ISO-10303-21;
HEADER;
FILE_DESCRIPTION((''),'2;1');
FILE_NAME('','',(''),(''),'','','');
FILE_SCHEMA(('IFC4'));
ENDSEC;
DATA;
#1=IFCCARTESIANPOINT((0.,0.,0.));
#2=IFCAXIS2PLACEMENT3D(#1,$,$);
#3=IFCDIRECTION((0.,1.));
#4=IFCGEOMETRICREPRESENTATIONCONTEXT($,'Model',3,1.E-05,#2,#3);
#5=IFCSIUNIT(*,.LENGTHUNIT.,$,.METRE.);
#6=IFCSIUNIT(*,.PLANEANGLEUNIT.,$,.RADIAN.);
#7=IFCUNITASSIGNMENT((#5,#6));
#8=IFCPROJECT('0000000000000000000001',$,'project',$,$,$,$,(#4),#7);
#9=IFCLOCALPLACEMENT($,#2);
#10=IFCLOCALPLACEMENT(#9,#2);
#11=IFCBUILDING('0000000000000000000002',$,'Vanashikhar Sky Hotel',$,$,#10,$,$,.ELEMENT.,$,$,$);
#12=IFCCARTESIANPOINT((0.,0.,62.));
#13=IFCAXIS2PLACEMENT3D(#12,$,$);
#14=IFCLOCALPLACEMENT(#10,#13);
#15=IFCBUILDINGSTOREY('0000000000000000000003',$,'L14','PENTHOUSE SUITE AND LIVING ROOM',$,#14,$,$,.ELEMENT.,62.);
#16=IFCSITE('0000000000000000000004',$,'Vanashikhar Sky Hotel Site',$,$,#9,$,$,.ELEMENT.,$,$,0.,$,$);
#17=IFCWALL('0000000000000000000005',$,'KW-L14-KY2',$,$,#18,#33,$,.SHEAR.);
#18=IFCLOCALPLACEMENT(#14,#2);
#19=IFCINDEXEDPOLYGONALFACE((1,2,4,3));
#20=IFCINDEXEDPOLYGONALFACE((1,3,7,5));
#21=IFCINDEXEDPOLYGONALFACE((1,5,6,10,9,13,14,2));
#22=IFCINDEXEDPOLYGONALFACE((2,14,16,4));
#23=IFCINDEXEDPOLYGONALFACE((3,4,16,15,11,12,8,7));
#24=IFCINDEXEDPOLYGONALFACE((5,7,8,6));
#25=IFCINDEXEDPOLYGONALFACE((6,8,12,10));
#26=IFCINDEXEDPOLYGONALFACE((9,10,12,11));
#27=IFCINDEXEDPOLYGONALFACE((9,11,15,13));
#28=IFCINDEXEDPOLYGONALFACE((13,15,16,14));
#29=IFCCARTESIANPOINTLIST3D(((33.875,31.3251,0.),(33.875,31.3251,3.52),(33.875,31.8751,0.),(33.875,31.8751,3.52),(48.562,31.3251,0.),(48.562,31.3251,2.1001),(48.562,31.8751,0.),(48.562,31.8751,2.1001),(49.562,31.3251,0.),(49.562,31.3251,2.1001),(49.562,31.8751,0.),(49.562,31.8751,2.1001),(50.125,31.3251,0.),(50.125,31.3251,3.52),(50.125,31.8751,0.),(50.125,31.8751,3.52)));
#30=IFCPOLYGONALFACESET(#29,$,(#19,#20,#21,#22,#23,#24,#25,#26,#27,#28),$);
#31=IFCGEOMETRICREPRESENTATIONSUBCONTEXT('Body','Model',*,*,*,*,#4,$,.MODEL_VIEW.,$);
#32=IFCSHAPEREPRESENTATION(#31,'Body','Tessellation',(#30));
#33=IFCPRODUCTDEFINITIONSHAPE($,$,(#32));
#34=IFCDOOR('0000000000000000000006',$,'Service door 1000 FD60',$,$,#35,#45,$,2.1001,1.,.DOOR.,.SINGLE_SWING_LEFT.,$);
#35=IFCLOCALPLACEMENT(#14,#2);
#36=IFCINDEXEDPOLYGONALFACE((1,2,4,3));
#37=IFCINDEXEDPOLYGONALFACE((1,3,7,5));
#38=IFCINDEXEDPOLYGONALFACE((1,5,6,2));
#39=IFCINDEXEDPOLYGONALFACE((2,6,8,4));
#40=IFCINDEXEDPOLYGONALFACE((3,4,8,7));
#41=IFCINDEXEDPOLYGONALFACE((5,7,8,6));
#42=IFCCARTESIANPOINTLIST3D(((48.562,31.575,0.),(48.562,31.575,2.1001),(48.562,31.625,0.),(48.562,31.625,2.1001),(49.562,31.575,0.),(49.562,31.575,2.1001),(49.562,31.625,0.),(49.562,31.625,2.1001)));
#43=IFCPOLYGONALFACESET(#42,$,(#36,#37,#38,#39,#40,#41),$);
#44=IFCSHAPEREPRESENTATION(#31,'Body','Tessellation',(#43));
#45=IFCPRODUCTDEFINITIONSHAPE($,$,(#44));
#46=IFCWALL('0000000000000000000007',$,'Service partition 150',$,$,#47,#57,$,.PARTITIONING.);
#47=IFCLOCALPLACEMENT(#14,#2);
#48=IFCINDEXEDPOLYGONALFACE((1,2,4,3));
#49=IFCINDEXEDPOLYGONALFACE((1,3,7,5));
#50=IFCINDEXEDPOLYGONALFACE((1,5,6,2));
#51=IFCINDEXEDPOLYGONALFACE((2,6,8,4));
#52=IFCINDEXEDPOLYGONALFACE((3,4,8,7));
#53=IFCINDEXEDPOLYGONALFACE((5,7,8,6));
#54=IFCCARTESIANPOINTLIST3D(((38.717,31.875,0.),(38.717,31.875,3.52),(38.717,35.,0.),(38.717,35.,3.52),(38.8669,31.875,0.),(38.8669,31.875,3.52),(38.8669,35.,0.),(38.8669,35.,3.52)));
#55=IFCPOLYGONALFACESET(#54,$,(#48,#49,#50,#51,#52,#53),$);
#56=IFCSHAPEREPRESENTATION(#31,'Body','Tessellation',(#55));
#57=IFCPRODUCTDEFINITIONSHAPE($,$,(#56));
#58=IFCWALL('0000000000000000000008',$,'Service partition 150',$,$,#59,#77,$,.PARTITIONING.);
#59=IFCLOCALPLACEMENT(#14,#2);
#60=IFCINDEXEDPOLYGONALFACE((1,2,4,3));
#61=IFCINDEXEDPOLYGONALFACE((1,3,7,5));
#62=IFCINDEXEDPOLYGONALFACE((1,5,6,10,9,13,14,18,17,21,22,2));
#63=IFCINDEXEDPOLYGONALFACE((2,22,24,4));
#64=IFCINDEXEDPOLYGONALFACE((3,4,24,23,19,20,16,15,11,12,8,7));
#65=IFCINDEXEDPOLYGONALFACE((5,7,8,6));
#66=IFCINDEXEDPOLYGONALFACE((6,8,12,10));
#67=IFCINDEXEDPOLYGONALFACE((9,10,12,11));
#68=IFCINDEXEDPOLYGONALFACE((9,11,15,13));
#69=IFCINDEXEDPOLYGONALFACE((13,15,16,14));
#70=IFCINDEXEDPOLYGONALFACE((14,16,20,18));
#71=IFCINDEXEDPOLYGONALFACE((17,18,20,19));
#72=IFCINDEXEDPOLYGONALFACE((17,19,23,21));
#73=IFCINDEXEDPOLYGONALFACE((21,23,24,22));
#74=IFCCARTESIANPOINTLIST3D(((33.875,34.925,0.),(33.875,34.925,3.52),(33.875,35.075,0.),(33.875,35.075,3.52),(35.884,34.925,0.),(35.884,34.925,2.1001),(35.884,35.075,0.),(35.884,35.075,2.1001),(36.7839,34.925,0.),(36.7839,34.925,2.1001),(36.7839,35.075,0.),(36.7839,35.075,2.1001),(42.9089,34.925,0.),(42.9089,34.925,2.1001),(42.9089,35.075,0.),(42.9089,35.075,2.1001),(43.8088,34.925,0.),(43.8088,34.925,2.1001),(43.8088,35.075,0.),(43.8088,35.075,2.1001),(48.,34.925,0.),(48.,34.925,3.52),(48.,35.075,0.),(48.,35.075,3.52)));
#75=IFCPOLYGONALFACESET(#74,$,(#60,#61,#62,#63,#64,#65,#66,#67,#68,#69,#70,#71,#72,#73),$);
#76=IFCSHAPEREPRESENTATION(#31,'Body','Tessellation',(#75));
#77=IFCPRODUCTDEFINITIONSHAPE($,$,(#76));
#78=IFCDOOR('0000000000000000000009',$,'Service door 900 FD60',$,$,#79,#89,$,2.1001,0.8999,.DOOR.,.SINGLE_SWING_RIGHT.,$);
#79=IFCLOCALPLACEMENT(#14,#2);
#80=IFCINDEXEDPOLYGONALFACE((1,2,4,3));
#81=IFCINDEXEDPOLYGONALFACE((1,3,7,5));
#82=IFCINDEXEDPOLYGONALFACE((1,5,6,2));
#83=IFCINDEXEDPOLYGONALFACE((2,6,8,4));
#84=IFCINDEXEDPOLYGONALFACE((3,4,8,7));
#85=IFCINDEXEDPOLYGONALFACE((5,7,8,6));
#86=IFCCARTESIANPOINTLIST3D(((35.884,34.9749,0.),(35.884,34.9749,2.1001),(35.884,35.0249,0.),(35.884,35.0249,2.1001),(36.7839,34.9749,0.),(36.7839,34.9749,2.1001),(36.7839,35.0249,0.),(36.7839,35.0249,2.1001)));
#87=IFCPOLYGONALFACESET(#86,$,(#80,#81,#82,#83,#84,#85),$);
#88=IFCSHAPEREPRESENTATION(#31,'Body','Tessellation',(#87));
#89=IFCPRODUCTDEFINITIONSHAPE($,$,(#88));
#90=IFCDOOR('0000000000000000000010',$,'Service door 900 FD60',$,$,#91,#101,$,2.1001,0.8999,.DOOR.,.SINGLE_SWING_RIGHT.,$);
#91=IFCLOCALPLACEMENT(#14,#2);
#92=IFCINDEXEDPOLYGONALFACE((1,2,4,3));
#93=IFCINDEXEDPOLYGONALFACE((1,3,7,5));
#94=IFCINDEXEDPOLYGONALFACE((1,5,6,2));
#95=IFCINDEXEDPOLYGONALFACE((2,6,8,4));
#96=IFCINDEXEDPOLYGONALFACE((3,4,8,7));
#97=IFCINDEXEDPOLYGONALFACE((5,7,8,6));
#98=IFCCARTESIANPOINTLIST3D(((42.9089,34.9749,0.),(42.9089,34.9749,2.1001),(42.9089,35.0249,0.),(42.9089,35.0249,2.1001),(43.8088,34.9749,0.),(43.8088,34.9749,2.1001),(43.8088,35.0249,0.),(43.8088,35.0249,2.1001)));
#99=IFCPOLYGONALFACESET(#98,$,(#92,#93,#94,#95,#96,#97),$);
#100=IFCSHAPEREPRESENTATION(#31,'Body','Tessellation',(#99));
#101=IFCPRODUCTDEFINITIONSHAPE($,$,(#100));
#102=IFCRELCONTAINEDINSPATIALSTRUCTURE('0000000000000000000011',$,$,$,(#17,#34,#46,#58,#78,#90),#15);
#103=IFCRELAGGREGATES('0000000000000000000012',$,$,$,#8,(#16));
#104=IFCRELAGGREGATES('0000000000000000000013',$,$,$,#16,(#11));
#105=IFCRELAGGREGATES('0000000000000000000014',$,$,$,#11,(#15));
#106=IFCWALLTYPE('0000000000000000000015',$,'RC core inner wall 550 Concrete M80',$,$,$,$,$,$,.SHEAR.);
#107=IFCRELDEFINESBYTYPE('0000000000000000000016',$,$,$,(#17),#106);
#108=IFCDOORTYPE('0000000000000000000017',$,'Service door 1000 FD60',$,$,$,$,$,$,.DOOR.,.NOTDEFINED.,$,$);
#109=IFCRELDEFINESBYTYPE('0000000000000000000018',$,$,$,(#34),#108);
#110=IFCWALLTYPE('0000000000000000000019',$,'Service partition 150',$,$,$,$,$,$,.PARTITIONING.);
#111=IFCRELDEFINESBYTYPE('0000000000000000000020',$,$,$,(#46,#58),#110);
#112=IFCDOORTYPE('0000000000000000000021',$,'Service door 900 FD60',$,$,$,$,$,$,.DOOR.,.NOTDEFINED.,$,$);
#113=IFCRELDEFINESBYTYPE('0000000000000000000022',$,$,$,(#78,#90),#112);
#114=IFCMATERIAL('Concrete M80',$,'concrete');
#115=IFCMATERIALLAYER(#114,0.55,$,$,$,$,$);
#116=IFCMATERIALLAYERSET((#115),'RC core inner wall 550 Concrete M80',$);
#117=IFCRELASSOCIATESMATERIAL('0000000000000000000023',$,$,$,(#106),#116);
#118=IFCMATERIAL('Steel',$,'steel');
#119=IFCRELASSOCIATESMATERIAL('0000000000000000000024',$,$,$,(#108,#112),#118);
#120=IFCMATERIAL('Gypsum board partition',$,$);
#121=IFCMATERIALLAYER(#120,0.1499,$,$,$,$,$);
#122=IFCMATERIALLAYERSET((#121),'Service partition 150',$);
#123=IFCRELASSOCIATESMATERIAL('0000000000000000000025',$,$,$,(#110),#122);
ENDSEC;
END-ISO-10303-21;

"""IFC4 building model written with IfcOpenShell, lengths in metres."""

from ifc_helpers import new_model, si_unit, direction, frame, frame_2d, origin, place, context, subcontext, project, spatial, rectangle, extrude, source, transform, mapped, material, layer, layer_set, type_object, element, fill, save


model = new_model("IFC4")

# Units and contexts
model_context = context("Model", 3, precision=1e-05, world=origin(), true_north=direction((0.0, 1.0)))
body_context = subcontext(model_context, "Body", "Model", "MODEL_VIEW")
ifc_project = project(units=[si_unit("LENGTHUNIT", "METRE"), si_unit("PLANEANGLEUNIT", "RADIAN")], contexts=[model_context])

# Site, building, storey
site_placement = place(None, origin())
site = spatial("IfcSite", under=ifc_project, at=site_placement, Name="Vanashikhar Sky Hotel Site", CompositionType="ELEMENT", RefElevation=0.0)
building_placement = place(site_placement, origin())
building = spatial("IfcBuilding", under=site, at=building_placement, Name="Vanashikhar Sky Hotel", CompositionType="ELEMENT")
storey_placement = place(building_placement, frame((0.0, 0.0, 62.0)))
storey = spatial("IfcBuildingStorey", under=building, at=storey_placement, Name="L14", Description="PENTHOUSE SUITE AND LIVING ROOM", CompositionType="ELEMENT", Elevation=62.0)

# Wall, opening, door
ifc_material_1 = material(Name="Concrete M80", Category="concrete")
ifc_layer_1 = layer(ifc_material_1, 0.55)
ifc_layer_set_1 = layer_set([ifc_layer_1], Name="RC core inner wall 550 Concrete M80")
wall_type_1 = type_object("IfcWallType", Name="RC core inner wall 550 Concrete M80", PredefinedType="SHEAR", material=ifc_layer_set_1)
shared_shape_1 = source(origin(), body_context, "Body", "SweptSolid", [
    extrude(rectangle(XDim=16.25, YDim=0.55, at=frame_2d((8.125, 0.0))), origin(), (0.0, 0.0, 1.0), 3.52),
])
wall_1_placement = place(storey_placement, frame((33.875, 31.6001, 0.0), z_axis=(0.0, 0.0, 1.0), x_axis=(1.0, 0.0, 0.0)))
wall_1 = element("IfcWall", 1, at=wall_1_placement, inside=storey, type_object=wall_type_1, Name="KW-L14-KY2", PredefinedType="SHEAR", context=body_context, shape_type="MappedRepresentation", body=[
    mapped(shared_shape_1, transform((0.0, 0.0, 0.0), scale=1.0)),
])
shared_shape_2 = source(origin(), body_context, "Body", "SweptSolid", [
    extrude(rectangle(XDim=1.0, YDim=2.1001, at=frame_2d((0.5, 1.05))), frame((0.0, 0.2852, 0.0), z_axis=(0.0, -1.0, 0.0), x_axis=(1.0, 0.0, 0.0)), (0.0, 0.0, 1.0), 0.5701),
])
opening_1_placement = place(wall_1_placement, frame((14.687, 0.0, 0.0)))
opening_1 = element("IfcOpeningElement", 2, at=opening_1_placement, cuts=wall_1, PredefinedType="OPENING", context=body_context, shape_type="MappedRepresentation", body=[
    mapped(shared_shape_2, transform((0.0, 0.0, 0.0), scale=1.0)),
])
ifc_material_2 = material(Name="Steel", Category="steel")
door_type_1 = type_object("IfcDoorType", Name="Service door 1000 FD60", OperationType="NOTDEFINED", PredefinedType="DOOR", material=ifc_material_2)
shared_shape_3 = source(origin(), body_context, "Body", "SweptSolid", [
    extrude(rectangle(XDim=1.0, YDim=2.1001, at=frame_2d((0.5, 1.05))), frame((0.0, 0.0249, 0.0), z_axis=(0.0, -1.0, 0.0), x_axis=(1.0, 0.0, 0.0)), (0.0, 0.0, 1.0), 0.05),
])
door_1_placement = place(opening_1_placement, origin())
door_1 = element("IfcDoor", 3, at=door_1_placement, inside=storey, type_object=door_type_1, Name="Service door 1000 FD60", OperationType="SINGLE_SWING_LEFT", OverallHeight=2.1001, OverallWidth=1.0, PredefinedType="DOOR", context=body_context, shape_type="MappedRepresentation", body=[
    mapped(shared_shape_3, transform((0.0, 0.0, 0.0), scale=1.0)),
])
fill(opening_1, door_1)

# Wall
ifc_material_3 = material(Name="Gypsum board partition")
ifc_layer_2 = layer(ifc_material_3, 0.1499)
ifc_layer_set_2 = layer_set([ifc_layer_2], Name="Service partition 150")
wall_type_2 = type_object("IfcWallType", Name="Service partition 150", PredefinedType="PARTITIONING", material=ifc_layer_set_2)
shared_shape_4 = source(origin(), body_context, "Body", "SweptSolid", [
    extrude(rectangle(XDim=3.125, YDim=0.1499, at=frame_2d((1.5625, 0.0))), origin(), (0.0, 0.0, 1.0), 3.52),
])
wall_2_placement = place(storey_placement, frame((38.792, 31.875, 0.0), z_axis=(0.0, 0.0, 1.0), x_axis=(0.0, 1.0, 0.0)))
element("IfcWall", 4, at=wall_2_placement, inside=storey, type_object=wall_type_2, Name="Service partition 150", PredefinedType="PARTITIONING", context=body_context, shape_type="MappedRepresentation", body=[
    mapped(shared_shape_4, transform((0.0, 0.0, 0.0), scale=1.0)),
])

# Wall, openings, doors
shared_shape_5 = source(origin(), body_context, "Body", "SweptSolid", [
    extrude(rectangle(XDim=14.125, YDim=0.1499, at=frame_2d((7.0625, 0.0))), origin(), (0.0, 0.0, 1.0), 3.52),
])
wall_3_placement = place(storey_placement, frame((33.875, 35.0, 0.0), z_axis=(0.0, 0.0, 1.0), x_axis=(1.0, 0.0, 0.0)))
wall_3 = element("IfcWall", 5, at=wall_3_placement, inside=storey, type_object=wall_type_2, Name="Service partition 150", PredefinedType="PARTITIONING", context=body_context, shape_type="MappedRepresentation", body=[
    mapped(shared_shape_5, transform((0.0, 0.0, 0.0), scale=1.0)),
])
shared_shape_6 = source(origin(), body_context, "Body", "SweptSolid", [
    extrude(rectangle(XDim=0.8999, YDim=2.1001, at=frame_2d((0.45, 1.05))), frame((0.0, 0.085, 0.0), z_axis=(0.0, -1.0, 0.0), x_axis=(1.0, 0.0, 0.0)), (0.0, 0.0, 1.0), 0.1699),
])
opening_2_placement = place(wall_3_placement, frame((2.009, 0.0, 0.0)))
opening_2 = element("IfcOpeningElement", 6, at=opening_2_placement, cuts=wall_3, PredefinedType="OPENING", context=body_context, shape_type="MappedRepresentation", body=[
    mapped(shared_shape_6, transform((0.0, 0.0, 0.0), scale=1.0)),
])
opening_3_placement = place(wall_3_placement, frame((9.0339, 0.0, 0.0)))
opening_3 = element("IfcOpeningElement", 7, at=opening_3_placement, cuts=wall_3, PredefinedType="OPENING", context=body_context, shape_type="MappedRepresentation", body=[
    mapped(shared_shape_6, transform((0.0, 0.0, 0.0), scale=1.0)),
])
door_type_2 = type_object("IfcDoorType", Name="Service door 900 FD60", OperationType="NOTDEFINED", PredefinedType="DOOR", material=ifc_material_2)
shared_shape_7 = source(origin(), body_context, "Body", "SweptSolid", [
    extrude(rectangle(XDim=0.8999, YDim=2.1001, at=frame_2d((0.45, 1.05))), frame((0.0, 0.0249, 0.0), z_axis=(0.0, -1.0, 0.0), x_axis=(1.0, 0.0, 0.0)), (0.0, 0.0, 1.0), 0.05),
])
door_2_placement = place(opening_2_placement, origin())
door_2 = element("IfcDoor", 8, at=door_2_placement, inside=storey, type_object=door_type_2, Name="Service door 900 FD60", OperationType="SINGLE_SWING_RIGHT", OverallHeight=2.1001, OverallWidth=0.8999, PredefinedType="DOOR", context=body_context, shape_type="MappedRepresentation", body=[
    mapped(shared_shape_7, transform((0.0, 0.0, 0.0), scale=1.0)),
])
fill(opening_2, door_2)
door_3_placement = place(opening_3_placement, origin())
door_3 = element("IfcDoor", 9, at=door_3_placement, inside=storey, type_object=door_type_2, Name="Service door 900 FD60", OperationType="SINGLE_SWING_RIGHT", OverallHeight=2.1001, OverallWidth=0.8999, PredefinedType="DOOR", context=body_context, shape_type="MappedRepresentation", body=[
    mapped(shared_shape_7, transform((0.0, 0.0, 0.0), scale=1.0)),
])
fill(opening_3, door_3)

save(model, "model.ifc")
